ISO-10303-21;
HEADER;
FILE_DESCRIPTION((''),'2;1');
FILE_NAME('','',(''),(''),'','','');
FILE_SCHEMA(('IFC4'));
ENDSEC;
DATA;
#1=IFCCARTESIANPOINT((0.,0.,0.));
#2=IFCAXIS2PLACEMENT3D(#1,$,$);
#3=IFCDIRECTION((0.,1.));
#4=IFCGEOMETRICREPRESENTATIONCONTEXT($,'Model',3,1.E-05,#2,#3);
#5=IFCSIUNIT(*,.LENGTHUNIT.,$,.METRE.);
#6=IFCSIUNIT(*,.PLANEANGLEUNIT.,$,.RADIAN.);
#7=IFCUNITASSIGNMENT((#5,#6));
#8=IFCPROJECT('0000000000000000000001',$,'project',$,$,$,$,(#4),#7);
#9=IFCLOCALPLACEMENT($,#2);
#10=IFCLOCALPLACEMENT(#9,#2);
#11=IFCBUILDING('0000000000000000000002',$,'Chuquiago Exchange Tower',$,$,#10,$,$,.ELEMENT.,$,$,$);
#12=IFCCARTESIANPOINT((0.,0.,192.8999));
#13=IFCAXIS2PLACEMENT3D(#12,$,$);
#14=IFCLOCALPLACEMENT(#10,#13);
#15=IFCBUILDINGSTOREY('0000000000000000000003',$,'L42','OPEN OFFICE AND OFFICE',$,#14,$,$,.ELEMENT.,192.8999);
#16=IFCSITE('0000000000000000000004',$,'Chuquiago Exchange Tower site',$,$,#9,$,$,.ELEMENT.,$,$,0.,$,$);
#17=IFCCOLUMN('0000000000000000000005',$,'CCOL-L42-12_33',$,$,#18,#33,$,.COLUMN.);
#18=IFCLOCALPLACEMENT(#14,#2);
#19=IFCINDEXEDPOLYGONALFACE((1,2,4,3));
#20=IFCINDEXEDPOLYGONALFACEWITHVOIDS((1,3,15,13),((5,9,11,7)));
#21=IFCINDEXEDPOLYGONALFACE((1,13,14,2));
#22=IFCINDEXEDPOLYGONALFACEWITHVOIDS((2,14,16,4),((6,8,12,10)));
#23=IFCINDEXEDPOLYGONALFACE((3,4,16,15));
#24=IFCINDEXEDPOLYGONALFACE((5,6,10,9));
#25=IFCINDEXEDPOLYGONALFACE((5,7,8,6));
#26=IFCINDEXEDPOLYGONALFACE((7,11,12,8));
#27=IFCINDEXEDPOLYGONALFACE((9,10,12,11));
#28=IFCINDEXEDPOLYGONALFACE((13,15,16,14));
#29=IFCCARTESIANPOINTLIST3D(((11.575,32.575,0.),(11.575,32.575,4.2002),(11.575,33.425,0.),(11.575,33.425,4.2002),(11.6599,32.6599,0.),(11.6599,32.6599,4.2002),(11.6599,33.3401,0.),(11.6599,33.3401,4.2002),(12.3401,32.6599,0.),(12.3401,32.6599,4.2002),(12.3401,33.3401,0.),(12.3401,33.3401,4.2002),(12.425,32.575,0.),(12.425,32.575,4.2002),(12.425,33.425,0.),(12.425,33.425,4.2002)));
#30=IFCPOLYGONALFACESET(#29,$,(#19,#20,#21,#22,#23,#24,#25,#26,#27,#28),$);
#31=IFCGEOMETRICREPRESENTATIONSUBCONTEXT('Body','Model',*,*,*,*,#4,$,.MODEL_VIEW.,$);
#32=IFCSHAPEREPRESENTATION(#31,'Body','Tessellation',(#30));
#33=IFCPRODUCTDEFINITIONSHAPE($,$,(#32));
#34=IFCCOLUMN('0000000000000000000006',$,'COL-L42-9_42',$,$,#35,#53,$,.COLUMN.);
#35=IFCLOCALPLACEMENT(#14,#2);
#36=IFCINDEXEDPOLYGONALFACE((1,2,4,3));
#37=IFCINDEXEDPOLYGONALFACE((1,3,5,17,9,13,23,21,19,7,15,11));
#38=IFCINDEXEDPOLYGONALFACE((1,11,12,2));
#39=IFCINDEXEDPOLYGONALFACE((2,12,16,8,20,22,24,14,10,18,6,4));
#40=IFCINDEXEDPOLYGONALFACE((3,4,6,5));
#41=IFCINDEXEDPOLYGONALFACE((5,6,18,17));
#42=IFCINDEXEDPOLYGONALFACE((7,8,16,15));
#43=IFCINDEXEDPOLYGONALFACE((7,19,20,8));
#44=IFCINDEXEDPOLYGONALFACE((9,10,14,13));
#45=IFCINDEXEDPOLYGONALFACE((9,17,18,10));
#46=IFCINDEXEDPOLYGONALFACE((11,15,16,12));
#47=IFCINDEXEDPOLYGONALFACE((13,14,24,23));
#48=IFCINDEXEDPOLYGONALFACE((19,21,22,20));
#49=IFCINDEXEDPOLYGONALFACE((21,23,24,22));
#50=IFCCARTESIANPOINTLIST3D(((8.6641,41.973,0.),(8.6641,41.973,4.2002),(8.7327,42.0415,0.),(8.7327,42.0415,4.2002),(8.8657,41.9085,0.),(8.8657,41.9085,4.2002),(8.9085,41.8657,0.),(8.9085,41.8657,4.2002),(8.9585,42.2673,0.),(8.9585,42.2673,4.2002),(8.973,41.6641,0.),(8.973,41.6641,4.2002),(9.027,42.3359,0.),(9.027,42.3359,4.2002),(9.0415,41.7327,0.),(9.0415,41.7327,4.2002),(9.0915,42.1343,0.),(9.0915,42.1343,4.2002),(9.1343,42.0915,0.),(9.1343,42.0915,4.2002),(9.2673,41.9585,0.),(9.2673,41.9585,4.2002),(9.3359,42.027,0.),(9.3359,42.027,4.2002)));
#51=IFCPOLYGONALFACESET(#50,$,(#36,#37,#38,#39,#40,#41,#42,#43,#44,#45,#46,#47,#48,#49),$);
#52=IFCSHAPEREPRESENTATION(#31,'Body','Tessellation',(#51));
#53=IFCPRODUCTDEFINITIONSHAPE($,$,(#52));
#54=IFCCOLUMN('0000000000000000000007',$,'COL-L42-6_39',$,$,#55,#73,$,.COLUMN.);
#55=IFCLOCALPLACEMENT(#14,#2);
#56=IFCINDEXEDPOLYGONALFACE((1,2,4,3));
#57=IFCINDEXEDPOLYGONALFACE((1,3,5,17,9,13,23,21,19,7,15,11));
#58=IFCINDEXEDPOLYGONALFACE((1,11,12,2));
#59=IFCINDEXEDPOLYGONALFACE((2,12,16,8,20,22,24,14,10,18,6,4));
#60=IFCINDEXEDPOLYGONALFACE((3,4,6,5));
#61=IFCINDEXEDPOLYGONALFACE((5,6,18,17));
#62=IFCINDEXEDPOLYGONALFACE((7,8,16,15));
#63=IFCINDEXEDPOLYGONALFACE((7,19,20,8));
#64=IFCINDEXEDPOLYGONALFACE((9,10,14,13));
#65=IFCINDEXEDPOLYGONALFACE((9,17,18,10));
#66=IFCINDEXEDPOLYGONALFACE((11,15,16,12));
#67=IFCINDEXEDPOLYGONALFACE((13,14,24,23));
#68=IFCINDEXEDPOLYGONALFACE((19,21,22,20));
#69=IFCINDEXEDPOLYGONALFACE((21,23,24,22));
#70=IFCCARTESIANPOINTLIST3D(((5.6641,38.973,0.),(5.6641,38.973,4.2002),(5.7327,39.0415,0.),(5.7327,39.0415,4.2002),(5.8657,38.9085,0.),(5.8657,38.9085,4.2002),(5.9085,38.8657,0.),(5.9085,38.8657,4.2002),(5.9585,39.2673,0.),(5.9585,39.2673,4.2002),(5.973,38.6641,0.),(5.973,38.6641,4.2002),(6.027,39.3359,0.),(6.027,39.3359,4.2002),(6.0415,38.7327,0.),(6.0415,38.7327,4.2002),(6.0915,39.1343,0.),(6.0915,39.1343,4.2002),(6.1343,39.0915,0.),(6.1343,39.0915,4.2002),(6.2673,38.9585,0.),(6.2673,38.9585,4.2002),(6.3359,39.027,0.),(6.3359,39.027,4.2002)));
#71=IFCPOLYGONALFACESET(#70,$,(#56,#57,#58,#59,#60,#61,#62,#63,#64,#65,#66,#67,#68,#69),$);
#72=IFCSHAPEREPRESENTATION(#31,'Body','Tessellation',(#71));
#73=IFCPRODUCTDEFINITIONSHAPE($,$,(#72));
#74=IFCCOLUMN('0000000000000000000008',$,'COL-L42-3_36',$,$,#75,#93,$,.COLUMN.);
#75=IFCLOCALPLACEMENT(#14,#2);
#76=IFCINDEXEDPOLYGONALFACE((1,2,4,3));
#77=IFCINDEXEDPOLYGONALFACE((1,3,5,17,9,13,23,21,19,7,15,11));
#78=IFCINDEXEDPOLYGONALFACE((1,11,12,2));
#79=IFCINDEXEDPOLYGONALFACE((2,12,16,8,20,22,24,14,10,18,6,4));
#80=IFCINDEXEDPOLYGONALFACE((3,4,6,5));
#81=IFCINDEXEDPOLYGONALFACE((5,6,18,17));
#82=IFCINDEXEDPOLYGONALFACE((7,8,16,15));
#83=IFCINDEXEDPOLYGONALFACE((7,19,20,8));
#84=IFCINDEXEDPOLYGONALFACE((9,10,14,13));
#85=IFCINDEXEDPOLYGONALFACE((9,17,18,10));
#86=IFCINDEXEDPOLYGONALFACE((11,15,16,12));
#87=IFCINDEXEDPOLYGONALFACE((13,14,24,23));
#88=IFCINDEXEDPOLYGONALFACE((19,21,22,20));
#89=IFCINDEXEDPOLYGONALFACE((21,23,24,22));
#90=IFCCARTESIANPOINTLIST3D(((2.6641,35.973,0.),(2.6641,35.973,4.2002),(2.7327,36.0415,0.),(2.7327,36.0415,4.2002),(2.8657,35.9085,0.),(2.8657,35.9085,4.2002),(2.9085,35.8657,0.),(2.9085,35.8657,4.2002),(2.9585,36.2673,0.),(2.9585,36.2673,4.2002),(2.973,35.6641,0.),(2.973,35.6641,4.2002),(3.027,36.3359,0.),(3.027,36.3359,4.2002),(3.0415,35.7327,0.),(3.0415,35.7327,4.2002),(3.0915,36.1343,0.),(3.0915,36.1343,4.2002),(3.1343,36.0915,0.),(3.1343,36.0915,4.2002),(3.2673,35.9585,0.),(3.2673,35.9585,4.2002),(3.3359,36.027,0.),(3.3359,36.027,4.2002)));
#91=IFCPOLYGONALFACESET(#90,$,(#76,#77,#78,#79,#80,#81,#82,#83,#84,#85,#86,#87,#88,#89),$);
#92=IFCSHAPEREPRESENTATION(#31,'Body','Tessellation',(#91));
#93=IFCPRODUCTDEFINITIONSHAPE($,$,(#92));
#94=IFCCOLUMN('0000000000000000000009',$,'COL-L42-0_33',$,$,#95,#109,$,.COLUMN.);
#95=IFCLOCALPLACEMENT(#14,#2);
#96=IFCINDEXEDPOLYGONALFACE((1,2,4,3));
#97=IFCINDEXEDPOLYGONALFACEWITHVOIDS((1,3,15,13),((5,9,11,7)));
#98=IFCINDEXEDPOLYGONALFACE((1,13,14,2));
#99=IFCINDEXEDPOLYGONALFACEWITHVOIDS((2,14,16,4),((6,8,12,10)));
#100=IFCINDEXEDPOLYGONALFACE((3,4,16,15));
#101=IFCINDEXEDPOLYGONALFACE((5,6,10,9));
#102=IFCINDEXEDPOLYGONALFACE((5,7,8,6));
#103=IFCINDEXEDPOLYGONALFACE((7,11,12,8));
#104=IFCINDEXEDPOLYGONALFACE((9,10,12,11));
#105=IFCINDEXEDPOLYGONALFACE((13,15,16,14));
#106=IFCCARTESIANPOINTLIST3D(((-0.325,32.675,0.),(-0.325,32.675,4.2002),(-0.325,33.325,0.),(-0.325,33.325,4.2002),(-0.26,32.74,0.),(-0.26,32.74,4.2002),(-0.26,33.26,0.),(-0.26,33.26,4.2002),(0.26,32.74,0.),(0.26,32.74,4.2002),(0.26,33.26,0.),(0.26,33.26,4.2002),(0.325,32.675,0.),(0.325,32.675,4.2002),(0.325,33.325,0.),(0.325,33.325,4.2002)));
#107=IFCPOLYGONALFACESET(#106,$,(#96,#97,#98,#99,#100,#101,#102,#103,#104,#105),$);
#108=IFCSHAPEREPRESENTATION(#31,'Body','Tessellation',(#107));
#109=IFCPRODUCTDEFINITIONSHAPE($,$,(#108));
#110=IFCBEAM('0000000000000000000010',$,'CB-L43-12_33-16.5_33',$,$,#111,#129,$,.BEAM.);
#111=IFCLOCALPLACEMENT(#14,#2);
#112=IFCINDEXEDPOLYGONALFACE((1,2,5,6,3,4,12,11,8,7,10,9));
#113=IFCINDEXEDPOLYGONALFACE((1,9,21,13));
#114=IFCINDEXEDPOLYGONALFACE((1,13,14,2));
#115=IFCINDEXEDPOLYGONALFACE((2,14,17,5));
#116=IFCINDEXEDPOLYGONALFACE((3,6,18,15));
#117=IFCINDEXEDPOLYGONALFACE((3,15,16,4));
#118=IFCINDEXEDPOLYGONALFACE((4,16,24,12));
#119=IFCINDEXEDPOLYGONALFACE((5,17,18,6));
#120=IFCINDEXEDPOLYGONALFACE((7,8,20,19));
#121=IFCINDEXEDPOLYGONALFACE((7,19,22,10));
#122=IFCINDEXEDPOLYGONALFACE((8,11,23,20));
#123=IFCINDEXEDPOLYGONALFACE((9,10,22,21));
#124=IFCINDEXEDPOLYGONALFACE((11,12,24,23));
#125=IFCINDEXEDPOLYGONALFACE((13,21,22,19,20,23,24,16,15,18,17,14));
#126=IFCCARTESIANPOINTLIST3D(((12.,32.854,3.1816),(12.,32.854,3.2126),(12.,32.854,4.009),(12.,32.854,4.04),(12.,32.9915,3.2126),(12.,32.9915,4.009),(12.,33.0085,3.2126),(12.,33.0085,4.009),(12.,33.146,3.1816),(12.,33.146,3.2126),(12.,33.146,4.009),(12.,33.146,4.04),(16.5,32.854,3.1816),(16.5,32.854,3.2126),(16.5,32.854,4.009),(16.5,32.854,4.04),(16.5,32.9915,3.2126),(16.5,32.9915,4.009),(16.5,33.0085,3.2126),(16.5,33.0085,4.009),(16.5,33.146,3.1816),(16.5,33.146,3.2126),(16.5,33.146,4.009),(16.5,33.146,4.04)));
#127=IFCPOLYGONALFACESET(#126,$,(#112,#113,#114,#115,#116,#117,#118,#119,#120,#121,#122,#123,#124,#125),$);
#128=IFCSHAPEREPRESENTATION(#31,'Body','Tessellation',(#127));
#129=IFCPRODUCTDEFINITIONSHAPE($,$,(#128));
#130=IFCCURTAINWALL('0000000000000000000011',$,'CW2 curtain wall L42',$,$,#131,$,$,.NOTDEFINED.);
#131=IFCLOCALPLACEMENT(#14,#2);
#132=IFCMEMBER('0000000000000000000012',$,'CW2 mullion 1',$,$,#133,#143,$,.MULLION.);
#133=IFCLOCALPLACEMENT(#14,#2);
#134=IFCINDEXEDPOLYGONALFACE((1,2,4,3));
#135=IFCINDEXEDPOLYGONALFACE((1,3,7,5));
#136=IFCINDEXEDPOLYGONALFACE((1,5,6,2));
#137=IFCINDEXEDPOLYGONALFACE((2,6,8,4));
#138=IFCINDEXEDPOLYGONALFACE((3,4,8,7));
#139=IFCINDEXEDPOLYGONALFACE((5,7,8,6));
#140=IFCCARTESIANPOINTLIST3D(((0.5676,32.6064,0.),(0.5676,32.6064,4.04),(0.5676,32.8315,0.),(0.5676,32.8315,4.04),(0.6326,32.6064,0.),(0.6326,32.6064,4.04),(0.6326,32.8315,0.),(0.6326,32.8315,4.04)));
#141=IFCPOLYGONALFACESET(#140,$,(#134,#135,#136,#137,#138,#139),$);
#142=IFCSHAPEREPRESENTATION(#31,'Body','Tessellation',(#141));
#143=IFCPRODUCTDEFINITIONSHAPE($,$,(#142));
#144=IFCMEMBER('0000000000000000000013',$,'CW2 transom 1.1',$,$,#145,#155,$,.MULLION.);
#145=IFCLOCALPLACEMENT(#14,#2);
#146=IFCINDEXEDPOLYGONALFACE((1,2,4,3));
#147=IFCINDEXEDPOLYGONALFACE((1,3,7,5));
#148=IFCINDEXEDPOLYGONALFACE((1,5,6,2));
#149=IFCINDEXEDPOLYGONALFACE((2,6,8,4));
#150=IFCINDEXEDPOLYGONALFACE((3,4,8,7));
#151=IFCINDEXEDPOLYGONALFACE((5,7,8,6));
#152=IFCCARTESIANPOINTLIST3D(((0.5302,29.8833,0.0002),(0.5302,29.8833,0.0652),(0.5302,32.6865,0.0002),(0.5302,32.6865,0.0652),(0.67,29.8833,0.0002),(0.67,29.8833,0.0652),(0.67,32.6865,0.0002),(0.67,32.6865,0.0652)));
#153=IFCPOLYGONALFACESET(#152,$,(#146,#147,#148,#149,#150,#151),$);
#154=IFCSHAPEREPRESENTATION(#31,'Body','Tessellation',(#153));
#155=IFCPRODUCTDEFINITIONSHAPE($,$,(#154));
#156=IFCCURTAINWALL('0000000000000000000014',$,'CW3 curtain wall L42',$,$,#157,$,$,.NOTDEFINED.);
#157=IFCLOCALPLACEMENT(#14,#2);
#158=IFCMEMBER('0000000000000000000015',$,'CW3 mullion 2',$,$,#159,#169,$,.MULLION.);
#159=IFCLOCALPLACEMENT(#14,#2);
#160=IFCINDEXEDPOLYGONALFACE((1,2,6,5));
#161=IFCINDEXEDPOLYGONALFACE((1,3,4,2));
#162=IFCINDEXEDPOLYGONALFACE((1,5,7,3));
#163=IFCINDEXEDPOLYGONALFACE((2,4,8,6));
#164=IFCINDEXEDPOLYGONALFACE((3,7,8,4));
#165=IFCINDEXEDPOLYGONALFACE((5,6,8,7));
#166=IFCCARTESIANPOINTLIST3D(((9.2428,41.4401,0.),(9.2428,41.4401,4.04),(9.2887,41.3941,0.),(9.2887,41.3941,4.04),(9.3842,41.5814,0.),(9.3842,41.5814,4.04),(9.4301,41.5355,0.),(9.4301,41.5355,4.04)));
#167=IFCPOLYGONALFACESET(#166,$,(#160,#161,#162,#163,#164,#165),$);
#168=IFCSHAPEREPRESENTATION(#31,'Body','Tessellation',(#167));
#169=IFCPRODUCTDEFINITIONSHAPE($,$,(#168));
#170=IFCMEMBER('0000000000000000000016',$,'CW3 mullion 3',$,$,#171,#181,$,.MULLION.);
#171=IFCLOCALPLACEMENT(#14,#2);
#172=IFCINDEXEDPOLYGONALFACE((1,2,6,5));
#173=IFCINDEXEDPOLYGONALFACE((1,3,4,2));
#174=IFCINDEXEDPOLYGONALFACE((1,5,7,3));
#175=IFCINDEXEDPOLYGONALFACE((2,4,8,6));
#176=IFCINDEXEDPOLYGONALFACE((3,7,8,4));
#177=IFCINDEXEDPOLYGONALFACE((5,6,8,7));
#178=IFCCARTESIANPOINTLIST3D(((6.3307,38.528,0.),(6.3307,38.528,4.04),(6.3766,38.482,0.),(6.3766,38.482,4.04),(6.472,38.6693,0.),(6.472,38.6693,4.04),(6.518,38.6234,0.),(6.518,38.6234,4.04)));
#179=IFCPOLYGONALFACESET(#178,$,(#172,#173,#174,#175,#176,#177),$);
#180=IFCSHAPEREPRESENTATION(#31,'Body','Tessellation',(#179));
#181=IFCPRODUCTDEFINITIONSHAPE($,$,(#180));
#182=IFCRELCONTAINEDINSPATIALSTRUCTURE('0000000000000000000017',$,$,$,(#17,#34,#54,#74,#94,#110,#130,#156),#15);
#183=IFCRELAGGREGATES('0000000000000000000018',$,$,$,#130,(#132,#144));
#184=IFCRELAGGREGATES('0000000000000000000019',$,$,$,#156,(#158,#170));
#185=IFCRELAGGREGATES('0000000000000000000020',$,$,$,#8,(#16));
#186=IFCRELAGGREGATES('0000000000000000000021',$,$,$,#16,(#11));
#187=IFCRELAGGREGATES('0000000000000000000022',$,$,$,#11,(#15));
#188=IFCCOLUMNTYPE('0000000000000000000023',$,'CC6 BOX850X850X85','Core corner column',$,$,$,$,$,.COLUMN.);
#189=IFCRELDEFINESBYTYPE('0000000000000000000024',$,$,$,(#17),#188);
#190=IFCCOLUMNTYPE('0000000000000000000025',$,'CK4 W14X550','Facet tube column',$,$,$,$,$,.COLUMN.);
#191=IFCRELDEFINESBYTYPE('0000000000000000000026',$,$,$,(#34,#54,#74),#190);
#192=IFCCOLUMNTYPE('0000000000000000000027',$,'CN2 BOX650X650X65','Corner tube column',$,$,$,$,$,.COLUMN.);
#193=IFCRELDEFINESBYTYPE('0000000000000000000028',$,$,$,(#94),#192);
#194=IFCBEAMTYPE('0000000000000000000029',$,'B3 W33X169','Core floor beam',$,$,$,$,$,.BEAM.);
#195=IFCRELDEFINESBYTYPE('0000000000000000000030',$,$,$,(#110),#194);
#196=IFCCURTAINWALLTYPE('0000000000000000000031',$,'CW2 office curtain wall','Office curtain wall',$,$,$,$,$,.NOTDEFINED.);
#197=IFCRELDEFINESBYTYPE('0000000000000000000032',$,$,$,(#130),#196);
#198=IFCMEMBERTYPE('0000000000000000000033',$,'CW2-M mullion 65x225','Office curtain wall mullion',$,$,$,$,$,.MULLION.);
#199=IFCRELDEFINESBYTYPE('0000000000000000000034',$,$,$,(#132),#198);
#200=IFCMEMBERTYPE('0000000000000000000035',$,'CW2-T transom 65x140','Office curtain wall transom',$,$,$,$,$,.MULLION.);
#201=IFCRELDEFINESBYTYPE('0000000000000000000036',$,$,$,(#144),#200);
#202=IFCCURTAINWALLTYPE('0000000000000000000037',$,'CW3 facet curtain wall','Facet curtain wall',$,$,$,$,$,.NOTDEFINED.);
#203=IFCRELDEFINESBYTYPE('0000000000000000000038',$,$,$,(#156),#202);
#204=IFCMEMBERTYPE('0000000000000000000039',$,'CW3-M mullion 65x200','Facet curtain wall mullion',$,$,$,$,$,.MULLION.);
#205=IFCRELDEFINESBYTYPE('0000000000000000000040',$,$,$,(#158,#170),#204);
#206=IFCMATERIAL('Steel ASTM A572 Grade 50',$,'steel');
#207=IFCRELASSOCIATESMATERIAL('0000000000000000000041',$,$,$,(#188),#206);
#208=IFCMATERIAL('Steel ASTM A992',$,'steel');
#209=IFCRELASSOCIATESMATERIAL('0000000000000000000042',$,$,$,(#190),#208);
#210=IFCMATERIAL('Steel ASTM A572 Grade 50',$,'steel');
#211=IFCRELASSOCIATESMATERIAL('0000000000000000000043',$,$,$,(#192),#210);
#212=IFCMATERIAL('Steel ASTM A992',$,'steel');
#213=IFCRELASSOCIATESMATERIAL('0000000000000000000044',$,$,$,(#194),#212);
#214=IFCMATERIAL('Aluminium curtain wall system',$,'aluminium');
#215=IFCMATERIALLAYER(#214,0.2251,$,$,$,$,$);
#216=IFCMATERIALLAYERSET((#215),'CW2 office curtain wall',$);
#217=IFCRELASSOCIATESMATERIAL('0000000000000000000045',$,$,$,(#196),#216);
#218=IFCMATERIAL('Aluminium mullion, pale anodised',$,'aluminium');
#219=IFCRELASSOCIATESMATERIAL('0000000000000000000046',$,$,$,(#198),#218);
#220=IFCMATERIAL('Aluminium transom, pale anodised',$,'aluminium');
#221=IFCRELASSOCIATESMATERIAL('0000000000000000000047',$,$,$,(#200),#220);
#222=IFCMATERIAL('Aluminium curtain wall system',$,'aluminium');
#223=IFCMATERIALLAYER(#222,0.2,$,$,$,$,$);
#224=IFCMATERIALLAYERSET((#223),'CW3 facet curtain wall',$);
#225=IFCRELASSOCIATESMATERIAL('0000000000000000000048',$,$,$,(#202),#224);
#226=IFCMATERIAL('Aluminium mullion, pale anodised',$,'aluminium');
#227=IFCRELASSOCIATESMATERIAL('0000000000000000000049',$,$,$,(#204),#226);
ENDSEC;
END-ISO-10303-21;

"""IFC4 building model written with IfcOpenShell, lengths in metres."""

from ifc_helpers import new_model, si_unit, direction, frame, origin, origin_2d, place, context, subcontext, project, spatial, rectangle, hollow_rectangle, i_section, extrude, material, layer, layer_set, material_profile, profile_set, type_object, element, aggregate, save


model = new_model("IFC4")

# Units and contexts
model_context = context("Model", 3, precision=1e-05, world=origin(), true_north=direction((0.0, 1.0)))
body_context = subcontext(model_context, "Body", "Model", "MODEL_VIEW")
ifc_project = project(units=[si_unit("LENGTHUNIT", "METRE"), si_unit("PLANEANGLEUNIT", "RADIAN")], contexts=[model_context])

# Site, building, storey
site_placement = place(None, origin())
site = spatial("IfcSite", under=ifc_project, at=site_placement, Name="Chuquiago Exchange Tower site", CompositionType="ELEMENT", RefElevation=0.0)
building_placement = place(site_placement, origin())
building = spatial("IfcBuilding", under=site, at=building_placement, Name="Chuquiago Exchange Tower", CompositionType="ELEMENT")
storey_placement = place(building_placement, frame((0.0, 0.0, 192.8999)))
storey = spatial("IfcBuildingStorey", under=building, at=storey_placement, Name="L42", Description="OPEN OFFICE AND OFFICE", CompositionType="ELEMENT", Elevation=192.8999)

# Columns
ifc_material_1 = material(Name="Steel ASTM A572 Grade 50", Category="steel")
ifc_material_profile_1 = material_profile(ifc_material_1, hollow_rectangle(XDim=0.8501, YDim=0.8501, WallThickness=0.085, at=origin_2d()), Name="BOX850X850X85")
ifc_profile_set_1 = profile_set([ifc_material_profile_1], Name="Steel ASTM A572 Grade 50")
column_type_1 = type_object("IfcColumnType", Name="CC6 BOX850X850X85", Description="Core corner column", PredefinedType="COLUMN", material=ifc_profile_set_1)
column_1_placement = place(storey_placement, frame((12.0, 33.0, 0.0), z_axis=(0.0, 0.0, 1.0), x_axis=(1.0, 0.0, 0.0)))
element("IfcColumn", 1, at=column_1_placement, inside=storey, type_object=column_type_1, Name="CCOL-L42-12_33", PredefinedType="COLUMN", context=body_context, shape_type="SweptSolid", body=[
    extrude(hollow_rectangle(XDim=0.8501, YDim=0.8501, WallThickness=0.085, at=origin_2d()), origin(), (0.0, 0.0, 1.0), 4.2002),
])
ifc_material_2 = material(Name="Steel ASTM A992", Category="steel")
ifc_material_profile_2 = material_profile(ifc_material_2, i_section(OverallWidth=0.4368, OverallDepth=0.5132, WebThickness=0.0605, FlangeThickness=0.0969, at=origin_2d()), Name="W14X550")
ifc_profile_set_2 = profile_set([ifc_material_profile_2], Name="Steel ASTM A992")
column_type_2 = type_object("IfcColumnType", Name="CK4 W14X550", Description="Facet tube column", PredefinedType="COLUMN", material=ifc_profile_set_2)
for number, where, z_axis, x_axis, name in (
    (2, (9.0, 42.0, 0.0), (0.0, 0.0, 1.0), (-0.707107, 0.707107, 0.0), "COL-L42-9_42"),
    (3, (6.0, 39.0, 0.0), (0.0, 0.0, 1.0), (-0.707107, 0.707107, 0.0), "COL-L42-6_39"),
    (4, (3.0, 36.0, 0.0), (0.0, 0.0, 1.0), (-0.707107, 0.707107, 0.0), "COL-L42-3_36"),
):
    element("IfcColumn", number, at=place(storey_placement, frame(where, z_axis=z_axis, x_axis=x_axis)), inside=storey, type_object=column_type_2, Name=name, PredefinedType="COLUMN", context=body_context, shape_type="SweptSolid", body=[
        extrude(i_section(OverallWidth=0.4368, OverallDepth=0.5132, WebThickness=0.0605, FlangeThickness=0.0969, at=origin_2d()), origin(), (0.0, 0.0, 1.0), 4.2002),
    ])
ifc_material_3 = material(Name="Steel ASTM A572 Grade 50", Category="steel")
ifc_material_profile_3 = material_profile(ifc_material_3, hollow_rectangle(XDim=0.6499, YDim=0.6499, WallThickness=0.0649, at=origin_2d()), Name="BOX650X650X65")
ifc_profile_set_3 = profile_set([ifc_material_profile_3], Name="Steel ASTM A572 Grade 50")
column_type_3 = type_object("IfcColumnType", Name="CN2 BOX650X650X65", Description="Corner tube column", PredefinedType="COLUMN", material=ifc_profile_set_3)
column_2_placement = place(storey_placement, frame((0.0, 33.0, 0.0), z_axis=(0.0, 0.0, 1.0), x_axis=(-1.0, 0.0, 0.0)))
element("IfcColumn", 5, at=column_2_placement, inside=storey, type_object=column_type_3, Name="COL-L42-0_33", PredefinedType="COLUMN", context=body_context, shape_type="SweptSolid", body=[
    extrude(hollow_rectangle(XDim=0.6499, YDim=0.6499, WallThickness=0.0649, at=origin_2d()), origin(), (0.0, 0.0, 1.0), 4.2002),
])

# Beam
ifc_material_4 = material(Name="Steel ASTM A992", Category="steel")
ifc_material_profile_4 = material_profile(ifc_material_4, i_section(OverallWidth=0.292, OverallDepth=0.8584, WebThickness=0.0171, FlangeThickness=0.031, at=origin_2d()), Name="W33X169")
ifc_profile_set_4 = profile_set([ifc_material_profile_4], Name="Steel ASTM A992")
beam_type_1 = type_object("IfcBeamType", Name="B3 W33X169", Description="Core floor beam", PredefinedType="BEAM", material=ifc_profile_set_4)
beam_1_placement = place(storey_placement, frame((12.0, 33.0, 3.6108), z_axis=(1.0, 0.0, 0.0), x_axis=(0.0, 1.0, 0.0)))
element("IfcBeam", 6, at=beam_1_placement, inside=storey, type_object=beam_type_1, Name="CB-L43-12_33-16.5_33", PredefinedType="BEAM", context=body_context, shape_type="SweptSolid", body=[
    extrude(i_section(OverallWidth=0.292, OverallDepth=0.8584, WebThickness=0.0171, FlangeThickness=0.031, at=origin_2d()), origin(), (0.0, 0.0, 1.0), 4.5),
])

# Curtain walls, members
ifc_material_5 = material(Name="Aluminium curtain wall system", Category="aluminium")
ifc_layer_1 = layer(ifc_material_5, 0.2251)
ifc_layer_set_1 = layer_set([ifc_layer_1], Name="CW2 office curtain wall")
curtain_wall_type_1 = type_object("IfcCurtainWallType", Name="CW2 office curtain wall", Description="Office curtain wall", PredefinedType="NOTDEFINED", material=ifc_layer_set_1)
curtain_wall_1_placement = place(storey_placement, origin())
curtain_wall_1 = element("IfcCurtainWall", 7, at=curtain_wall_1_placement, inside=storey, type_object=curtain_wall_type_1, Name="CW2 curtain wall L42", PredefinedType="NOTDEFINED")
ifc_material_6 = material(Name="Aluminium mullion, pale anodised", Category="aluminium")
ifc_material_profile_5 = material_profile(ifc_material_6, rectangle(XDim=0.0649, YDim=0.2251, at=origin_2d()), Name="AL 65x225")
ifc_profile_set_5 = profile_set([ifc_material_profile_5], Name="Aluminium mullion, pale anodised")
member_type_1 = type_object("IfcMemberType", Name="CW2-M mullion 65x225", Description="Office curtain wall mullion", PredefinedType="MULLION", material=ifc_profile_set_5)
member_1_placement = place(storey_placement, frame((0.6001, 32.719, 0.0), z_axis=(0.0, 0.0, 1.0), x_axis=(1.0, 0.0, 0.0)))
member_1 = element("IfcMember", 8, at=member_1_placement, type_object=member_type_1, Name="CW2 mullion 1", PredefinedType="MULLION", context=body_context, shape_type="SweptSolid", body=[
    extrude(rectangle(XDim=0.0649, YDim=0.2251, at=origin_2d()), origin(), (0.0, 0.0, 1.0), 4.04),
])
ifc_material_7 = material(Name="Aluminium transom, pale anodised", Category="aluminium")
ifc_material_profile_6 = material_profile(ifc_material_7, rectangle(XDim=0.1399, YDim=0.0649, at=origin_2d()), Name="AL 140x65")
ifc_profile_set_6 = profile_set([ifc_material_profile_6], Name="Aluminium transom, pale anodised")
member_type_2 = type_object("IfcMemberType", Name="CW2-T transom 65x140", Description="Office curtain wall transom", PredefinedType="MULLION", material=ifc_profile_set_6)
member_2_placement = place(storey_placement, frame((0.6001, 32.6865, 0.0327), z_axis=(0.0, -1.0, 0.0), x_axis=(1.0, 0.0, 0.0)))
member_2 = element("IfcMember", 9, at=member_2_placement, type_object=member_type_2, Name="CW2 transom 1.1", PredefinedType="MULLION", context=body_context, shape_type="SweptSolid", body=[
    extrude(rectangle(XDim=0.1399, YDim=0.0649, at=origin_2d()), origin(), (0.0, 0.0, 1.0), 2.8032),
])
ifc_material_8 = material(Name="Aluminium curtain wall system", Category="aluminium")
ifc_layer_2 = layer(ifc_material_8, 0.2)
ifc_layer_set_2 = layer_set([ifc_layer_2], Name="CW3 facet curtain wall")
curtain_wall_type_2 = type_object("IfcCurtainWallType", Name="CW3 facet curtain wall", Description="Facet curtain wall", PredefinedType="NOTDEFINED", material=ifc_layer_set_2)
curtain_wall_2_placement = place(storey_placement, origin())
curtain_wall_2 = element("IfcCurtainWall", 10, at=curtain_wall_2_placement, inside=storey, type_object=curtain_wall_type_2, Name="CW3 curtain wall L42", PredefinedType="NOTDEFINED")
ifc_material_9 = material(Name="Aluminium mullion, pale anodised", Category="aluminium")
ifc_material_profile_7 = material_profile(ifc_material_9, rectangle(XDim=0.0649, YDim=0.2, at=origin_2d()), Name="AL 65x200")
ifc_profile_set_7 = profile_set([ifc_material_profile_7], Name="Aluminium mullion, pale anodised")
member_type_3 = type_object("IfcMemberType", Name="CW3-M mullion 65x200", Description="Facet curtain wall mullion", PredefinedType="MULLION", material=ifc_profile_set_7)
member_3_placement = place(storey_placement, frame((9.3364, 41.4878, 0.0), z_axis=(0.0, 0.0, 1.0), x_axis=(0.707107, -0.707107, 0.0)))
member_3 = element("IfcMember", 11, at=member_3_placement, type_object=member_type_3, Name="CW3 mullion 2", PredefinedType="MULLION", context=body_context, shape_type="SweptSolid", body=[
    extrude(rectangle(XDim=0.0649, YDim=0.2, at=origin_2d()), origin(), (0.0, 0.0, 1.0), 4.04),
])
member_4_placement = place(storey_placement, frame((6.4243, 38.5757, 0.0), z_axis=(0.0, 0.0, 1.0), x_axis=(0.707107, -0.707107, 0.0)))
member_4 = element("IfcMember", 12, at=member_4_placement, type_object=member_type_3, Name="CW3 mullion 3", PredefinedType="MULLION", context=body_context, shape_type="SweptSolid", body=[
    extrude(rectangle(XDim=0.0649, YDim=0.2, at=origin_2d()), origin(), (0.0, 0.0, 1.0), 4.04),
])

aggregate(curtain_wall_1, [member_1, member_2])
aggregate(curtain_wall_2, [member_3, member_4])

save(model, "model.ifc")
